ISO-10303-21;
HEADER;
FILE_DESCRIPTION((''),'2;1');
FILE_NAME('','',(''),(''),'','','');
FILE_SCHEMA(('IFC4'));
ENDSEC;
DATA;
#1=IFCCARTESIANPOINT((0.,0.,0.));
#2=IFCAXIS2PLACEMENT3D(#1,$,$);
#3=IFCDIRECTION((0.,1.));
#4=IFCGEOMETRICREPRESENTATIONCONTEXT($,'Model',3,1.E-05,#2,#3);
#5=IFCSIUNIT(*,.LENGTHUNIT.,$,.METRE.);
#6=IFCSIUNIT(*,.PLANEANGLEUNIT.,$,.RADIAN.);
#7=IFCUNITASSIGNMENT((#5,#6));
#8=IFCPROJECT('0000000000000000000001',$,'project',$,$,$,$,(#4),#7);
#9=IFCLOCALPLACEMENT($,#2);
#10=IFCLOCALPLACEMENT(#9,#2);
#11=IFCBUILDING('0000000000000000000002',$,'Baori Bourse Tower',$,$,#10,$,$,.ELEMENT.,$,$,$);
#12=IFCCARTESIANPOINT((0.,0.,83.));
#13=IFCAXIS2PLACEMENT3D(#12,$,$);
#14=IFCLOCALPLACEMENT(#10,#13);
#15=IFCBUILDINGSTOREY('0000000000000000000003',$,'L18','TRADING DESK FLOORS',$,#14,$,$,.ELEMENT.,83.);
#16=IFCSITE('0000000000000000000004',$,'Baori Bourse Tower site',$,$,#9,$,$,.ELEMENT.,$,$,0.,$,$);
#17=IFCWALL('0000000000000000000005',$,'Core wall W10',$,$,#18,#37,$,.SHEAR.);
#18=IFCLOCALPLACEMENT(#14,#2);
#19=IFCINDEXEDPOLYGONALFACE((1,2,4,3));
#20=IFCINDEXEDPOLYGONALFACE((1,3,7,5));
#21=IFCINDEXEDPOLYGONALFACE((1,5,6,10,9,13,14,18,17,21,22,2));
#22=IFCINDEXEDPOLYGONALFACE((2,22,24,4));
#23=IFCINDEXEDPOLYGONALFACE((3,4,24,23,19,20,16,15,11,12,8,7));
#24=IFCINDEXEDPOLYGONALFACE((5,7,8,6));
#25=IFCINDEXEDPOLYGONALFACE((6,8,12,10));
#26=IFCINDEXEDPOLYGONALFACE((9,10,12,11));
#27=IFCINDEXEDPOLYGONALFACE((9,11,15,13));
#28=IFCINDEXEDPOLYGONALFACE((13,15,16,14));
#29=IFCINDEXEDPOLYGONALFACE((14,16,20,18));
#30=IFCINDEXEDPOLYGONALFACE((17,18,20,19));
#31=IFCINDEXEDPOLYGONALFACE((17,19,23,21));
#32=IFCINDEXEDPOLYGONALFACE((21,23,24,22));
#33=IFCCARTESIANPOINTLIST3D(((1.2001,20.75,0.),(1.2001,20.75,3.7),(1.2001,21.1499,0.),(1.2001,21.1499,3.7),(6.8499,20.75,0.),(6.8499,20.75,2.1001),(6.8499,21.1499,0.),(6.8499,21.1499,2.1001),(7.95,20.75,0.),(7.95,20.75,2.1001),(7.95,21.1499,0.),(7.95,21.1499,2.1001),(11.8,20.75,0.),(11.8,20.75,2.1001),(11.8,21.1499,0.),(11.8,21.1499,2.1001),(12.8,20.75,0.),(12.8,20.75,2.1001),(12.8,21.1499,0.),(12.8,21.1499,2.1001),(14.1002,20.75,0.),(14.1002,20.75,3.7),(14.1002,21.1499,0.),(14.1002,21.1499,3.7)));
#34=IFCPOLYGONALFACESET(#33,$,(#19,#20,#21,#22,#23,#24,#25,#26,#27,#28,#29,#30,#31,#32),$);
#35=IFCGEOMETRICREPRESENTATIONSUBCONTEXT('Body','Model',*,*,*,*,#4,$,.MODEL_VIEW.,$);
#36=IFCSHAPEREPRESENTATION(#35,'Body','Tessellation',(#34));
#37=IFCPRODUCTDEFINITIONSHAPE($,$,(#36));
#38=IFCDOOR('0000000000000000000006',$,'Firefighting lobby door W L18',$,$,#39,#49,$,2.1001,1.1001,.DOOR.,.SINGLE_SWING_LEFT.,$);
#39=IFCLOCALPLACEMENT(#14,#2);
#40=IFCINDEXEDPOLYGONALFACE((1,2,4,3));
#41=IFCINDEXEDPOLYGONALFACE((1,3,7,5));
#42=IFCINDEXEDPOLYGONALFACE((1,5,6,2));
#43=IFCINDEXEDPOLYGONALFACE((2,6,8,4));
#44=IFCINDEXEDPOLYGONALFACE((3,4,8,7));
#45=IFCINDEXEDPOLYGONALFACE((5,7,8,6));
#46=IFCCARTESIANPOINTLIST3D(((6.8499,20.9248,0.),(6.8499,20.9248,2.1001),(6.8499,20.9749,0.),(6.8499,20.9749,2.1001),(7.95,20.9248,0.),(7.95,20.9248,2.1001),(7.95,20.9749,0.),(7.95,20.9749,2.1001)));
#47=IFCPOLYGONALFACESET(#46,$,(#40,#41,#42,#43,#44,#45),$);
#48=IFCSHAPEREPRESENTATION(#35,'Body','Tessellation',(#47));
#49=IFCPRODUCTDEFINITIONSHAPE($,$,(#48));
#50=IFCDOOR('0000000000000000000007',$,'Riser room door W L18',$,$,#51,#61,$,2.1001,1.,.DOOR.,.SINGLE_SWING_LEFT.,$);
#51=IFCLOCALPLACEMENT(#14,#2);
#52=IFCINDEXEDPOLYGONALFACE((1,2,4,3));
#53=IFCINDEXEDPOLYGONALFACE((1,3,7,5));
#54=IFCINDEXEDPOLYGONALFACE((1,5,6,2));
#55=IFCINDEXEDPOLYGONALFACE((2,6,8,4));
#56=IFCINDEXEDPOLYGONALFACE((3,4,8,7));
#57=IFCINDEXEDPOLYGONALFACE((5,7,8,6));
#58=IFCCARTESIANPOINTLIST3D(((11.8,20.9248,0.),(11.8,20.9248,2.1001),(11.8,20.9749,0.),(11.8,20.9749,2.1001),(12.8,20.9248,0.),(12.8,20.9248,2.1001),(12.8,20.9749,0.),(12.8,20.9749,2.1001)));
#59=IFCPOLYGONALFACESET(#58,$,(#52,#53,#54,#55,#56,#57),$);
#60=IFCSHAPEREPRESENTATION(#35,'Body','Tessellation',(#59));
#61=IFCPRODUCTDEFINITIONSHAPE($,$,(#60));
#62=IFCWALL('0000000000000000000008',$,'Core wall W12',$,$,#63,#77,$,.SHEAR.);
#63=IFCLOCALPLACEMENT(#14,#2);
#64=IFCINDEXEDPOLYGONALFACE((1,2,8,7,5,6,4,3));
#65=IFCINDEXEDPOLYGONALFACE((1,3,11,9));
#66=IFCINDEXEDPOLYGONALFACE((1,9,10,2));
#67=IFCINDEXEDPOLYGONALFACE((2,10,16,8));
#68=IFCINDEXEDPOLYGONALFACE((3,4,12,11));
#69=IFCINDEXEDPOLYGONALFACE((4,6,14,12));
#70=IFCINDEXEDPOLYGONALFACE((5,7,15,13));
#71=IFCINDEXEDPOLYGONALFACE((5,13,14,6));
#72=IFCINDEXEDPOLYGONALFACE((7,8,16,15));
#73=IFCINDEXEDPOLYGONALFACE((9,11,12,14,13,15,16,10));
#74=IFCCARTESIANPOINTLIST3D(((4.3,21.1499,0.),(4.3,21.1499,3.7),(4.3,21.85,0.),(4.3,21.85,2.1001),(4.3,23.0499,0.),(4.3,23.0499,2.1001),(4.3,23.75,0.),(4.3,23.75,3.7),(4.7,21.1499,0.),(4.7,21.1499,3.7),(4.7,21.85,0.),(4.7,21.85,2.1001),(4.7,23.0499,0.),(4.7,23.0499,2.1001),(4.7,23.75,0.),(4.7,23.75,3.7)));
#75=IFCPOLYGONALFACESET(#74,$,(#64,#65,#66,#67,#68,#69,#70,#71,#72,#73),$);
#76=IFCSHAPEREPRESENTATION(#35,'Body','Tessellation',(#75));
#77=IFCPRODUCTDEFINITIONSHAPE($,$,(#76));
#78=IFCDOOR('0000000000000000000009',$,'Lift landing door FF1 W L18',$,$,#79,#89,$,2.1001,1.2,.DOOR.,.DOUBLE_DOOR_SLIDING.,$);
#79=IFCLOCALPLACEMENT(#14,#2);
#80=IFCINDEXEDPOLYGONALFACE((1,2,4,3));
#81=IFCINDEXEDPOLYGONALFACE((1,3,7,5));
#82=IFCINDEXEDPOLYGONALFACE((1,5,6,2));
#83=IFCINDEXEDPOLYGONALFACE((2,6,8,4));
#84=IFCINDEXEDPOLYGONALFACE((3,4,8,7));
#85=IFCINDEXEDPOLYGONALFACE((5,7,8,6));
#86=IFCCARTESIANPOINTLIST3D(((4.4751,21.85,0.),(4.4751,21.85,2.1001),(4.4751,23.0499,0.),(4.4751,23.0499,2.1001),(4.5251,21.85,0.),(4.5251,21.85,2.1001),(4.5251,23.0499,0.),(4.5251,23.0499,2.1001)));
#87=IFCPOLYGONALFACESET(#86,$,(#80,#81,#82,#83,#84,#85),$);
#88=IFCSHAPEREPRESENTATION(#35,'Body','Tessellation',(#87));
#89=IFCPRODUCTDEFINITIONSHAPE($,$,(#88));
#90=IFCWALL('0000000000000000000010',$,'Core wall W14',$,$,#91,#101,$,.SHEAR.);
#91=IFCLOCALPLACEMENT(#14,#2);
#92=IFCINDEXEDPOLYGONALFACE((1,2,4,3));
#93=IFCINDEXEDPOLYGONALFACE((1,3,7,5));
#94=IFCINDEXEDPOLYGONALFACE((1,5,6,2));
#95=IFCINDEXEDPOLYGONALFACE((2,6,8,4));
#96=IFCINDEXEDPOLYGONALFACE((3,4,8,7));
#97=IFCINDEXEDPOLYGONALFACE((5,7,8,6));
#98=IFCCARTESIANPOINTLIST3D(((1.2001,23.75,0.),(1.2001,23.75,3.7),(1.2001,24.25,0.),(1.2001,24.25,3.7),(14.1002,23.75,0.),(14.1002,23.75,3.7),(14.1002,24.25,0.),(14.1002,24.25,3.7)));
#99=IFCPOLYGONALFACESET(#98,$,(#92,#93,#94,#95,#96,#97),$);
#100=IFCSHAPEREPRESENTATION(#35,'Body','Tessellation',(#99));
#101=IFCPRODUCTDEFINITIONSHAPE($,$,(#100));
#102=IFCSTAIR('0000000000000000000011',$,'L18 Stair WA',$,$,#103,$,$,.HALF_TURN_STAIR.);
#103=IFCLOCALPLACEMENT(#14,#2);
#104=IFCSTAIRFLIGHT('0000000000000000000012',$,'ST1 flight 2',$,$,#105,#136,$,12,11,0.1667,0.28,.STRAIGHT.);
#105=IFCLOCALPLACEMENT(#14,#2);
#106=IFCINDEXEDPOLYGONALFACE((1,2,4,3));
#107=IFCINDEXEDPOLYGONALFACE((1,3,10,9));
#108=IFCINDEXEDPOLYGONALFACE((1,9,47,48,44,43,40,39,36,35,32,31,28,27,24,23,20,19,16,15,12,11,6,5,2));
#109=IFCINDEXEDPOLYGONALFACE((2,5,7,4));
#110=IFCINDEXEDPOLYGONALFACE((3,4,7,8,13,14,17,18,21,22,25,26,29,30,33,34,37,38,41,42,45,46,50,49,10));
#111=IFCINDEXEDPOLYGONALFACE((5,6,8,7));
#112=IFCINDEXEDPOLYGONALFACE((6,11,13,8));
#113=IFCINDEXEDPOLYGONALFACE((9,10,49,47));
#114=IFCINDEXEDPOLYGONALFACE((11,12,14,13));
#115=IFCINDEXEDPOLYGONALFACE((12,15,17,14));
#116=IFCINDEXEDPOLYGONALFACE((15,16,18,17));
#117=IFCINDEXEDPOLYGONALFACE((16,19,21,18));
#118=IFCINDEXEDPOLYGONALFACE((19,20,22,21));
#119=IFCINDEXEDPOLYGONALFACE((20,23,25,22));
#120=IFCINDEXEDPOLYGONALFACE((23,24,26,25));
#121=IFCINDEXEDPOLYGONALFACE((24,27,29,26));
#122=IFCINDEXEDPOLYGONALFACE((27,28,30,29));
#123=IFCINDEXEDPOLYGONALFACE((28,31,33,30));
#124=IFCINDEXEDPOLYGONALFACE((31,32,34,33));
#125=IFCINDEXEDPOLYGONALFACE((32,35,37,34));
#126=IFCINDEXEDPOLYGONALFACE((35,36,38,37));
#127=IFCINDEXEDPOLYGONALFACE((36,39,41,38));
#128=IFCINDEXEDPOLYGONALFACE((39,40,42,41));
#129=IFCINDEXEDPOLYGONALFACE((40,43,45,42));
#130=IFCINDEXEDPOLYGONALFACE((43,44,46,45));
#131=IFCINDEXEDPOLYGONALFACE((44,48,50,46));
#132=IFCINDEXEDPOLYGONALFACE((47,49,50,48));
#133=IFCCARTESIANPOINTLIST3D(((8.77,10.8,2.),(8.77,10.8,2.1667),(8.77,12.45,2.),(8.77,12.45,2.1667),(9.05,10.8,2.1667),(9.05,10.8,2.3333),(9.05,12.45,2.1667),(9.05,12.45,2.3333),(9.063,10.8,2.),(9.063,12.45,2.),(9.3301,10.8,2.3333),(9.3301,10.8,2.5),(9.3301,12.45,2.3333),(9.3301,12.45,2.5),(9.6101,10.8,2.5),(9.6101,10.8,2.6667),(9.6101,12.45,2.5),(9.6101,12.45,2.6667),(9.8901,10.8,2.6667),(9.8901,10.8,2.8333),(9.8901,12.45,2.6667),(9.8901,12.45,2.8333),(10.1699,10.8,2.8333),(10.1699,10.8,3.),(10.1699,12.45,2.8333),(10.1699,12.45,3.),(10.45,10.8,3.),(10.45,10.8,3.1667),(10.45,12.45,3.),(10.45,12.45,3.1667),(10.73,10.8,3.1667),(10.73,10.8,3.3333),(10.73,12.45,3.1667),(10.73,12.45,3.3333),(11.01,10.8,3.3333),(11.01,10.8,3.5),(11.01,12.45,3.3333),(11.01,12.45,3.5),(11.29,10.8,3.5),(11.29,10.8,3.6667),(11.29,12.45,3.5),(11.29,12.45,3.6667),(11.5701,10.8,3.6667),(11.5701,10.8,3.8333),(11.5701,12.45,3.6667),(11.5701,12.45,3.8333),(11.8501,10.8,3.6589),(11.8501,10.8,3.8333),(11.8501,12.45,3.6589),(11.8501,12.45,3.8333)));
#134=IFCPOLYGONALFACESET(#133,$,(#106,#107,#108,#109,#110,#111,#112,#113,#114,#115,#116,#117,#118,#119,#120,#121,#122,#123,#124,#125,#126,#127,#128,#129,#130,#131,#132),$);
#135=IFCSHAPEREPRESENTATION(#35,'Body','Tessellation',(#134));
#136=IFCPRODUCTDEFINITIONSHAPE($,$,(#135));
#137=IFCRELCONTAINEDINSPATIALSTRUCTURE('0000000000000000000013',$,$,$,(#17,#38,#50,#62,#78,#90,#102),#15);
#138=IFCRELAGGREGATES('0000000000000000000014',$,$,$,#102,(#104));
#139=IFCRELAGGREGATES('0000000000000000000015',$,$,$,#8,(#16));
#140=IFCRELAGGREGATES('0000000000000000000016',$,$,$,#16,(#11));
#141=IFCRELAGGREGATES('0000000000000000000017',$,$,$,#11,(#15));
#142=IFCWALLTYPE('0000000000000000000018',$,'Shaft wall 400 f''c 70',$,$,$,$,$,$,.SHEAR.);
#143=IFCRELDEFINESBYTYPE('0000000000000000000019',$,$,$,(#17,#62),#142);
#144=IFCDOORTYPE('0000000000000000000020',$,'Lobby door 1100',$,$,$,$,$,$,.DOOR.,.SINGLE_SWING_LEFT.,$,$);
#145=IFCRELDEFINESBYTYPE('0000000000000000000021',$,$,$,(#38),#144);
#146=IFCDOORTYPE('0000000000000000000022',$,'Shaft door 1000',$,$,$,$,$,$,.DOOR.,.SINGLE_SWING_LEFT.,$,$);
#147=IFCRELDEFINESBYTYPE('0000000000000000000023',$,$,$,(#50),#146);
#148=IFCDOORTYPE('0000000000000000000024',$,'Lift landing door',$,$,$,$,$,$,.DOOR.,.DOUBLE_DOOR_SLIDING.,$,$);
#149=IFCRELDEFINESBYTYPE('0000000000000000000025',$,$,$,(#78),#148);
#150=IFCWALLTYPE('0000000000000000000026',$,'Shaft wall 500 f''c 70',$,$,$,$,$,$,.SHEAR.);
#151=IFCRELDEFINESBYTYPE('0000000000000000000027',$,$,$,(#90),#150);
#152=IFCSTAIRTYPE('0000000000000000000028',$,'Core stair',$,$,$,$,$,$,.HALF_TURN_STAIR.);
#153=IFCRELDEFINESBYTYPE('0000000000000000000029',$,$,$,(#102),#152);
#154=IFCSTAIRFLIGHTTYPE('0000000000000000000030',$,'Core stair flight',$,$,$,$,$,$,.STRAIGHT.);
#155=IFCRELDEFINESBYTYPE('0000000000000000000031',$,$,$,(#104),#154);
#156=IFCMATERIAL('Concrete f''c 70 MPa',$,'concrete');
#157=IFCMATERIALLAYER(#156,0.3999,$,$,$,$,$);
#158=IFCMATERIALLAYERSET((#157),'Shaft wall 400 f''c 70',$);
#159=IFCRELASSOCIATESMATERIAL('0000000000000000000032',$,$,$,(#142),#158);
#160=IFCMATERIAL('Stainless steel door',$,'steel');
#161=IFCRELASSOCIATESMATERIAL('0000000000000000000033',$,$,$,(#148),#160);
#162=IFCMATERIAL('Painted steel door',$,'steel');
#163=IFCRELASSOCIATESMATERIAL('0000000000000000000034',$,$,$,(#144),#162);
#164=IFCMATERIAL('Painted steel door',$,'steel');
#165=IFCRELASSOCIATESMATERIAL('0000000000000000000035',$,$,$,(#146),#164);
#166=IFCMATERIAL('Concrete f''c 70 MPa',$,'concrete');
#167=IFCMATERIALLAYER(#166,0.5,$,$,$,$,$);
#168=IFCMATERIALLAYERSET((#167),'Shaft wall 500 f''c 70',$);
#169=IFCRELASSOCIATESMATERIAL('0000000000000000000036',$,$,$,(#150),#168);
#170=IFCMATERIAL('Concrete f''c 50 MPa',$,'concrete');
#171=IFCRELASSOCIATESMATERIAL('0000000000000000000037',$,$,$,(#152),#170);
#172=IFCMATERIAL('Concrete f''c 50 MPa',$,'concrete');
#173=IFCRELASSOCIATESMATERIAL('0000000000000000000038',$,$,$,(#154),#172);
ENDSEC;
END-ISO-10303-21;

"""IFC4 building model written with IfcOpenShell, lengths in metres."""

from ifc_helpers import new_model, si_unit, direction, frame, frame_2d, origin, place, context, subcontext, project, spatial, polyline, rectangle, outline, extrude, material, layer, layer_set, type_object, element, fill, aggregate, save


model = new_model("IFC4")

# Units and contexts
model_context = context("Model", 3, precision=1e-05, world=origin(), true_north=direction((0.0, 1.0)))
body_context = subcontext(model_context, "Body", "Model", "MODEL_VIEW")
ifc_project = project(units=[si_unit("LENGTHUNIT", "METRE"), si_unit("PLANEANGLEUNIT", "RADIAN")], contexts=[model_context])

# Site, building, storey
site_placement = place(None, origin())
site = spatial("IfcSite", under=ifc_project, at=site_placement, Name="Baori Bourse Tower site", CompositionType="ELEMENT", RefElevation=0.0)
building_placement = place(site_placement, origin())
building = spatial("IfcBuilding", under=site, at=building_placement, Name="Baori Bourse Tower", CompositionType="ELEMENT")
storey_placement = place(building_placement, frame((0.0, 0.0, 83.0)))
storey = spatial("IfcBuildingStorey", under=building, at=storey_placement, Name="L18", Description="TRADING DESK FLOORS", CompositionType="ELEMENT", Elevation=83.0)

# Shared definitions
ifc_material_1 = material(Name="Concrete f'c 70 MPa", Category="concrete")
ifc_layer_1 = layer(ifc_material_1, 0.3999)
ifc_layer_set_1 = layer_set([ifc_layer_1], Name="Shaft wall 400 f'c 70")
wall_type_1 = type_object("IfcWallType", Name="Shaft wall 400 f'c 70", PredefinedType="SHEAR", material=ifc_layer_set_1)

# Wall, openings, doors
ifc_material_2 = material(Name="Stainless steel door", Category="steel")
door_type_1 = type_object("IfcDoorType", Name="Lift landing door", OperationType="DOUBLE_DOOR_SLIDING", PredefinedType="DOOR", material=ifc_material_2)
wall_1_placement = place(storey_placement, frame((1.2, 20.95, 0.0), z_axis=(0.0, 0.0, 1.0), x_axis=(1.0, 0.0, 0.0)))
wall_1 = element("IfcWall", 1, at=wall_1_placement, inside=storey, type_object=wall_type_1, Name="Core wall W10", PredefinedType="SHEAR", context=body_context, shape_type="SweptSolid", body=[
    extrude(rectangle(XDim=12.9001, YDim=0.3999, at=frame_2d((6.4502, 0.0))), origin(), (0.0, 0.0, 1.0), 3.7),
])
opening_1_placement = place(wall_1_placement, frame((5.6499, 0.0, 0.0)))
opening_1 = element("IfcOpeningElement", 2, at=opening_1_placement, cuts=wall_1, PredefinedType="OPENING", context=body_context, shape_type="SweptSolid", body=[
    extrude(rectangle(XDim=1.1001, YDim=2.1001, at=frame_2d((0.55, 1.05))), frame((0.0, 0.21, 0.0), z_axis=(0.0, -1.0, 0.0), x_axis=(1.0, 0.0, 0.0)), (0.0, 0.0, 1.0), 0.4199),
])
opening_2_placement = place(wall_1_placement, frame((10.6001, 0.0, 0.0)))
opening_2 = element("IfcOpeningElement", 3, at=opening_2_placement, cuts=wall_1, PredefinedType="OPENING", context=body_context, shape_type="SweptSolid", body=[
    extrude(rectangle(XDim=1.0, YDim=2.1001, at=frame_2d((0.5, 1.05))), frame((0.0, 0.21, 0.0), z_axis=(0.0, -1.0, 0.0), x_axis=(1.0, 0.0, 0.0)), (0.0, 0.0, 1.0), 0.4199),
])
ifc_material_3 = material(Name="Painted steel door", Category="steel")
door_type_2 = type_object("IfcDoorType", Name="Lobby door 1100", OperationType="SINGLE_SWING_LEFT", PredefinedType="DOOR", material=ifc_material_3)
door_1_placement = place(opening_1_placement, origin())
door_1 = element("IfcDoor", 4, at=door_1_placement, inside=storey, type_object=door_type_2, Name="Firefighting lobby door W L18", OperationType="SINGLE_SWING_LEFT", OverallHeight=2.1001, OverallWidth=1.1001, PredefinedType="DOOR", context=body_context, shape_type="SweptSolid", body=[
    extrude(rectangle(XDim=1.1001, YDim=2.1001, at=frame_2d((0.55, 1.05))), frame((0.0, 0.0249, 0.0), z_axis=(0.0, -1.0, 0.0), x_axis=(1.0, 0.0, 0.0)), (0.0, 0.0, 1.0), 0.05),
])
fill(opening_1, door_1)
ifc_material_4 = material(Name="Painted steel door", Category="steel")
door_type_3 = type_object("IfcDoorType", Name="Shaft door 1000", OperationType="SINGLE_SWING_LEFT", PredefinedType="DOOR", material=ifc_material_4)
door_2_placement = place(opening_2_placement, origin())
door_2 = element("IfcDoor", 5, at=door_2_placement, inside=storey, type_object=door_type_3, Name="Riser room door W L18", OperationType="SINGLE_SWING_LEFT", OverallHeight=2.1001, OverallWidth=1.0, PredefinedType="DOOR", context=body_context, shape_type="SweptSolid", body=[
    extrude(rectangle(XDim=1.0, YDim=2.1001, at=frame_2d((0.5, 1.05))), frame((0.0, 0.0249, 0.0), z_axis=(0.0, -1.0, 0.0), x_axis=(1.0, 0.0, 0.0)), (0.0, 0.0, 1.0), 0.05),
])
fill(opening_2, door_2)

# Wall, opening, door
wall_2_placement = place(storey_placement, frame((4.5, 21.1499, 0.0), z_axis=(0.0, 0.0, 1.0), x_axis=(0.0, 1.0, 0.0)))
wall_2 = element("IfcWall", 6, at=wall_2_placement, inside=storey, type_object=wall_type_1, Name="Core wall W12", PredefinedType="SHEAR", context=body_context, shape_type="SweptSolid", body=[
    extrude(rectangle(XDim=2.6001, YDim=0.3999, at=frame_2d((1.3, 0.0))), origin(), (0.0, 0.0, 1.0), 3.7),
])
opening_3_placement = place(wall_2_placement, frame((0.7, 0.0, 0.0)))
opening_3 = element("IfcOpeningElement", 7, at=opening_3_placement, cuts=wall_2, PredefinedType="OPENING", context=body_context, shape_type="SweptSolid", body=[
    extrude(rectangle(XDim=1.2, YDim=2.1001, at=frame_2d((0.6001, 1.05))), frame((0.0, 0.21, 0.0), z_axis=(0.0, -1.0, 0.0), x_axis=(1.0, 0.0, 0.0)), (0.0, 0.0, 1.0), 0.4199),
])
door_3_placement = place(opening_3_placement, origin())
door_3 = element("IfcDoor", 8, at=door_3_placement, inside=storey, type_object=door_type_1, Name="Lift landing door FF1 W L18", OperationType="DOUBLE_DOOR_SLIDING", OverallHeight=2.1001, OverallWidth=1.2, PredefinedType="DOOR", context=body_context, shape_type="SweptSolid", body=[
    extrude(rectangle(XDim=1.2, YDim=2.1001, at=frame_2d((0.6001, 1.05))), frame((0.0, 0.0249, 0.0), z_axis=(0.0, -1.0, 0.0), x_axis=(1.0, 0.0, 0.0)), (0.0, 0.0, 1.0), 0.05),
])
fill(opening_3, door_3)

# Wall
ifc_material_5 = material(Name="Concrete f'c 70 MPa", Category="concrete")
ifc_layer_2 = layer(ifc_material_5, 0.5)
ifc_layer_set_2 = layer_set([ifc_layer_2], Name="Shaft wall 500 f'c 70")
wall_type_2 = type_object("IfcWallType", Name="Shaft wall 500 f'c 70", PredefinedType="SHEAR", material=ifc_layer_set_2)
wall_3_placement = place(storey_placement, frame((1.2, 24.0, 0.0), z_axis=(0.0, 0.0, 1.0), x_axis=(1.0, 0.0, 0.0)))
element("IfcWall", 9, at=wall_3_placement, inside=storey, type_object=wall_type_2, Name="Core wall W14", PredefinedType="SHEAR", context=body_context, shape_type="SweptSolid", body=[
    extrude(rectangle(XDim=12.9001, YDim=0.5, at=frame_2d((6.4502, 0.0))), origin(), (0.0, 0.0, 1.0), 3.7),
])

# Stair, stair flight
ifc_material_6 = material(Name="Concrete f'c 50 MPa", Category="concrete")
stair_type = type_object("IfcStairType", Name="Core stair", PredefinedType="HALF_TURN_STAIR", material=ifc_material_6)
stair_placement = place(storey_placement, origin())
stair = element("IfcStair", 10, at=stair_placement, inside=storey, type_object=stair_type, Name="L18 Stair WA", PredefinedType="HALF_TURN_STAIR")
ifc_material_7 = material(Name="Concrete f'c 50 MPa", Category="concrete")
stair_flight_type = type_object("IfcStairFlightType", Name="Core stair flight", PredefinedType="STRAIGHT", material=ifc_material_7)
stair_flight_placement = place(storey_placement, frame((8.77, 11.625, 2.0), z_axis=(0.0, 0.0, 1.0), x_axis=(1.0, 0.0, 0.0)))
stair_flight = element("IfcStairFlight", 11, at=stair_flight_placement, type_object=stair_flight_type, Name="ST1 flight 2", NumberOfRisers=12, NumberOfTreads=11, PredefinedType="STRAIGHT", RiserHeight=0.1667, TreadLength=0.28, context=body_context, shape_type="SweptSolid", body=[
    extrude(outline(polyline([(0.0, 0.0), (0.0, 0.1667), (0.28, 0.1667), (0.28, 0.3333), (0.5601, 0.3333), (0.5601, 0.5), (0.8401, 0.5), (0.8401, 0.6667), (1.1201, 0.6667), (1.1201, 0.8333), (1.3999, 0.8333), (1.3999, 1.0), (1.6799, 1.0), (1.6799, 1.1667), (1.96, 1.1667), (1.96, 1.3333), (2.24, 1.3333), (2.24, 1.5), (2.52, 1.5), (2.52, 1.6667), (2.8, 1.6667), (2.8, 1.8333), (3.0801, 1.8333), (3.0801, 2.0), (3.0801, 1.6589), (0.293, 0.0), (0.0, 0.0)])), frame((0.0, 0.825, 0.0), z_axis=(0.0, -1.0, 0.0), x_axis=(1.0, 0.0, 0.0)), (0.0, 0.0, 1.0), 1.6499),
])
aggregate(stair, [stair_flight])

save(model, "model.ifc")
